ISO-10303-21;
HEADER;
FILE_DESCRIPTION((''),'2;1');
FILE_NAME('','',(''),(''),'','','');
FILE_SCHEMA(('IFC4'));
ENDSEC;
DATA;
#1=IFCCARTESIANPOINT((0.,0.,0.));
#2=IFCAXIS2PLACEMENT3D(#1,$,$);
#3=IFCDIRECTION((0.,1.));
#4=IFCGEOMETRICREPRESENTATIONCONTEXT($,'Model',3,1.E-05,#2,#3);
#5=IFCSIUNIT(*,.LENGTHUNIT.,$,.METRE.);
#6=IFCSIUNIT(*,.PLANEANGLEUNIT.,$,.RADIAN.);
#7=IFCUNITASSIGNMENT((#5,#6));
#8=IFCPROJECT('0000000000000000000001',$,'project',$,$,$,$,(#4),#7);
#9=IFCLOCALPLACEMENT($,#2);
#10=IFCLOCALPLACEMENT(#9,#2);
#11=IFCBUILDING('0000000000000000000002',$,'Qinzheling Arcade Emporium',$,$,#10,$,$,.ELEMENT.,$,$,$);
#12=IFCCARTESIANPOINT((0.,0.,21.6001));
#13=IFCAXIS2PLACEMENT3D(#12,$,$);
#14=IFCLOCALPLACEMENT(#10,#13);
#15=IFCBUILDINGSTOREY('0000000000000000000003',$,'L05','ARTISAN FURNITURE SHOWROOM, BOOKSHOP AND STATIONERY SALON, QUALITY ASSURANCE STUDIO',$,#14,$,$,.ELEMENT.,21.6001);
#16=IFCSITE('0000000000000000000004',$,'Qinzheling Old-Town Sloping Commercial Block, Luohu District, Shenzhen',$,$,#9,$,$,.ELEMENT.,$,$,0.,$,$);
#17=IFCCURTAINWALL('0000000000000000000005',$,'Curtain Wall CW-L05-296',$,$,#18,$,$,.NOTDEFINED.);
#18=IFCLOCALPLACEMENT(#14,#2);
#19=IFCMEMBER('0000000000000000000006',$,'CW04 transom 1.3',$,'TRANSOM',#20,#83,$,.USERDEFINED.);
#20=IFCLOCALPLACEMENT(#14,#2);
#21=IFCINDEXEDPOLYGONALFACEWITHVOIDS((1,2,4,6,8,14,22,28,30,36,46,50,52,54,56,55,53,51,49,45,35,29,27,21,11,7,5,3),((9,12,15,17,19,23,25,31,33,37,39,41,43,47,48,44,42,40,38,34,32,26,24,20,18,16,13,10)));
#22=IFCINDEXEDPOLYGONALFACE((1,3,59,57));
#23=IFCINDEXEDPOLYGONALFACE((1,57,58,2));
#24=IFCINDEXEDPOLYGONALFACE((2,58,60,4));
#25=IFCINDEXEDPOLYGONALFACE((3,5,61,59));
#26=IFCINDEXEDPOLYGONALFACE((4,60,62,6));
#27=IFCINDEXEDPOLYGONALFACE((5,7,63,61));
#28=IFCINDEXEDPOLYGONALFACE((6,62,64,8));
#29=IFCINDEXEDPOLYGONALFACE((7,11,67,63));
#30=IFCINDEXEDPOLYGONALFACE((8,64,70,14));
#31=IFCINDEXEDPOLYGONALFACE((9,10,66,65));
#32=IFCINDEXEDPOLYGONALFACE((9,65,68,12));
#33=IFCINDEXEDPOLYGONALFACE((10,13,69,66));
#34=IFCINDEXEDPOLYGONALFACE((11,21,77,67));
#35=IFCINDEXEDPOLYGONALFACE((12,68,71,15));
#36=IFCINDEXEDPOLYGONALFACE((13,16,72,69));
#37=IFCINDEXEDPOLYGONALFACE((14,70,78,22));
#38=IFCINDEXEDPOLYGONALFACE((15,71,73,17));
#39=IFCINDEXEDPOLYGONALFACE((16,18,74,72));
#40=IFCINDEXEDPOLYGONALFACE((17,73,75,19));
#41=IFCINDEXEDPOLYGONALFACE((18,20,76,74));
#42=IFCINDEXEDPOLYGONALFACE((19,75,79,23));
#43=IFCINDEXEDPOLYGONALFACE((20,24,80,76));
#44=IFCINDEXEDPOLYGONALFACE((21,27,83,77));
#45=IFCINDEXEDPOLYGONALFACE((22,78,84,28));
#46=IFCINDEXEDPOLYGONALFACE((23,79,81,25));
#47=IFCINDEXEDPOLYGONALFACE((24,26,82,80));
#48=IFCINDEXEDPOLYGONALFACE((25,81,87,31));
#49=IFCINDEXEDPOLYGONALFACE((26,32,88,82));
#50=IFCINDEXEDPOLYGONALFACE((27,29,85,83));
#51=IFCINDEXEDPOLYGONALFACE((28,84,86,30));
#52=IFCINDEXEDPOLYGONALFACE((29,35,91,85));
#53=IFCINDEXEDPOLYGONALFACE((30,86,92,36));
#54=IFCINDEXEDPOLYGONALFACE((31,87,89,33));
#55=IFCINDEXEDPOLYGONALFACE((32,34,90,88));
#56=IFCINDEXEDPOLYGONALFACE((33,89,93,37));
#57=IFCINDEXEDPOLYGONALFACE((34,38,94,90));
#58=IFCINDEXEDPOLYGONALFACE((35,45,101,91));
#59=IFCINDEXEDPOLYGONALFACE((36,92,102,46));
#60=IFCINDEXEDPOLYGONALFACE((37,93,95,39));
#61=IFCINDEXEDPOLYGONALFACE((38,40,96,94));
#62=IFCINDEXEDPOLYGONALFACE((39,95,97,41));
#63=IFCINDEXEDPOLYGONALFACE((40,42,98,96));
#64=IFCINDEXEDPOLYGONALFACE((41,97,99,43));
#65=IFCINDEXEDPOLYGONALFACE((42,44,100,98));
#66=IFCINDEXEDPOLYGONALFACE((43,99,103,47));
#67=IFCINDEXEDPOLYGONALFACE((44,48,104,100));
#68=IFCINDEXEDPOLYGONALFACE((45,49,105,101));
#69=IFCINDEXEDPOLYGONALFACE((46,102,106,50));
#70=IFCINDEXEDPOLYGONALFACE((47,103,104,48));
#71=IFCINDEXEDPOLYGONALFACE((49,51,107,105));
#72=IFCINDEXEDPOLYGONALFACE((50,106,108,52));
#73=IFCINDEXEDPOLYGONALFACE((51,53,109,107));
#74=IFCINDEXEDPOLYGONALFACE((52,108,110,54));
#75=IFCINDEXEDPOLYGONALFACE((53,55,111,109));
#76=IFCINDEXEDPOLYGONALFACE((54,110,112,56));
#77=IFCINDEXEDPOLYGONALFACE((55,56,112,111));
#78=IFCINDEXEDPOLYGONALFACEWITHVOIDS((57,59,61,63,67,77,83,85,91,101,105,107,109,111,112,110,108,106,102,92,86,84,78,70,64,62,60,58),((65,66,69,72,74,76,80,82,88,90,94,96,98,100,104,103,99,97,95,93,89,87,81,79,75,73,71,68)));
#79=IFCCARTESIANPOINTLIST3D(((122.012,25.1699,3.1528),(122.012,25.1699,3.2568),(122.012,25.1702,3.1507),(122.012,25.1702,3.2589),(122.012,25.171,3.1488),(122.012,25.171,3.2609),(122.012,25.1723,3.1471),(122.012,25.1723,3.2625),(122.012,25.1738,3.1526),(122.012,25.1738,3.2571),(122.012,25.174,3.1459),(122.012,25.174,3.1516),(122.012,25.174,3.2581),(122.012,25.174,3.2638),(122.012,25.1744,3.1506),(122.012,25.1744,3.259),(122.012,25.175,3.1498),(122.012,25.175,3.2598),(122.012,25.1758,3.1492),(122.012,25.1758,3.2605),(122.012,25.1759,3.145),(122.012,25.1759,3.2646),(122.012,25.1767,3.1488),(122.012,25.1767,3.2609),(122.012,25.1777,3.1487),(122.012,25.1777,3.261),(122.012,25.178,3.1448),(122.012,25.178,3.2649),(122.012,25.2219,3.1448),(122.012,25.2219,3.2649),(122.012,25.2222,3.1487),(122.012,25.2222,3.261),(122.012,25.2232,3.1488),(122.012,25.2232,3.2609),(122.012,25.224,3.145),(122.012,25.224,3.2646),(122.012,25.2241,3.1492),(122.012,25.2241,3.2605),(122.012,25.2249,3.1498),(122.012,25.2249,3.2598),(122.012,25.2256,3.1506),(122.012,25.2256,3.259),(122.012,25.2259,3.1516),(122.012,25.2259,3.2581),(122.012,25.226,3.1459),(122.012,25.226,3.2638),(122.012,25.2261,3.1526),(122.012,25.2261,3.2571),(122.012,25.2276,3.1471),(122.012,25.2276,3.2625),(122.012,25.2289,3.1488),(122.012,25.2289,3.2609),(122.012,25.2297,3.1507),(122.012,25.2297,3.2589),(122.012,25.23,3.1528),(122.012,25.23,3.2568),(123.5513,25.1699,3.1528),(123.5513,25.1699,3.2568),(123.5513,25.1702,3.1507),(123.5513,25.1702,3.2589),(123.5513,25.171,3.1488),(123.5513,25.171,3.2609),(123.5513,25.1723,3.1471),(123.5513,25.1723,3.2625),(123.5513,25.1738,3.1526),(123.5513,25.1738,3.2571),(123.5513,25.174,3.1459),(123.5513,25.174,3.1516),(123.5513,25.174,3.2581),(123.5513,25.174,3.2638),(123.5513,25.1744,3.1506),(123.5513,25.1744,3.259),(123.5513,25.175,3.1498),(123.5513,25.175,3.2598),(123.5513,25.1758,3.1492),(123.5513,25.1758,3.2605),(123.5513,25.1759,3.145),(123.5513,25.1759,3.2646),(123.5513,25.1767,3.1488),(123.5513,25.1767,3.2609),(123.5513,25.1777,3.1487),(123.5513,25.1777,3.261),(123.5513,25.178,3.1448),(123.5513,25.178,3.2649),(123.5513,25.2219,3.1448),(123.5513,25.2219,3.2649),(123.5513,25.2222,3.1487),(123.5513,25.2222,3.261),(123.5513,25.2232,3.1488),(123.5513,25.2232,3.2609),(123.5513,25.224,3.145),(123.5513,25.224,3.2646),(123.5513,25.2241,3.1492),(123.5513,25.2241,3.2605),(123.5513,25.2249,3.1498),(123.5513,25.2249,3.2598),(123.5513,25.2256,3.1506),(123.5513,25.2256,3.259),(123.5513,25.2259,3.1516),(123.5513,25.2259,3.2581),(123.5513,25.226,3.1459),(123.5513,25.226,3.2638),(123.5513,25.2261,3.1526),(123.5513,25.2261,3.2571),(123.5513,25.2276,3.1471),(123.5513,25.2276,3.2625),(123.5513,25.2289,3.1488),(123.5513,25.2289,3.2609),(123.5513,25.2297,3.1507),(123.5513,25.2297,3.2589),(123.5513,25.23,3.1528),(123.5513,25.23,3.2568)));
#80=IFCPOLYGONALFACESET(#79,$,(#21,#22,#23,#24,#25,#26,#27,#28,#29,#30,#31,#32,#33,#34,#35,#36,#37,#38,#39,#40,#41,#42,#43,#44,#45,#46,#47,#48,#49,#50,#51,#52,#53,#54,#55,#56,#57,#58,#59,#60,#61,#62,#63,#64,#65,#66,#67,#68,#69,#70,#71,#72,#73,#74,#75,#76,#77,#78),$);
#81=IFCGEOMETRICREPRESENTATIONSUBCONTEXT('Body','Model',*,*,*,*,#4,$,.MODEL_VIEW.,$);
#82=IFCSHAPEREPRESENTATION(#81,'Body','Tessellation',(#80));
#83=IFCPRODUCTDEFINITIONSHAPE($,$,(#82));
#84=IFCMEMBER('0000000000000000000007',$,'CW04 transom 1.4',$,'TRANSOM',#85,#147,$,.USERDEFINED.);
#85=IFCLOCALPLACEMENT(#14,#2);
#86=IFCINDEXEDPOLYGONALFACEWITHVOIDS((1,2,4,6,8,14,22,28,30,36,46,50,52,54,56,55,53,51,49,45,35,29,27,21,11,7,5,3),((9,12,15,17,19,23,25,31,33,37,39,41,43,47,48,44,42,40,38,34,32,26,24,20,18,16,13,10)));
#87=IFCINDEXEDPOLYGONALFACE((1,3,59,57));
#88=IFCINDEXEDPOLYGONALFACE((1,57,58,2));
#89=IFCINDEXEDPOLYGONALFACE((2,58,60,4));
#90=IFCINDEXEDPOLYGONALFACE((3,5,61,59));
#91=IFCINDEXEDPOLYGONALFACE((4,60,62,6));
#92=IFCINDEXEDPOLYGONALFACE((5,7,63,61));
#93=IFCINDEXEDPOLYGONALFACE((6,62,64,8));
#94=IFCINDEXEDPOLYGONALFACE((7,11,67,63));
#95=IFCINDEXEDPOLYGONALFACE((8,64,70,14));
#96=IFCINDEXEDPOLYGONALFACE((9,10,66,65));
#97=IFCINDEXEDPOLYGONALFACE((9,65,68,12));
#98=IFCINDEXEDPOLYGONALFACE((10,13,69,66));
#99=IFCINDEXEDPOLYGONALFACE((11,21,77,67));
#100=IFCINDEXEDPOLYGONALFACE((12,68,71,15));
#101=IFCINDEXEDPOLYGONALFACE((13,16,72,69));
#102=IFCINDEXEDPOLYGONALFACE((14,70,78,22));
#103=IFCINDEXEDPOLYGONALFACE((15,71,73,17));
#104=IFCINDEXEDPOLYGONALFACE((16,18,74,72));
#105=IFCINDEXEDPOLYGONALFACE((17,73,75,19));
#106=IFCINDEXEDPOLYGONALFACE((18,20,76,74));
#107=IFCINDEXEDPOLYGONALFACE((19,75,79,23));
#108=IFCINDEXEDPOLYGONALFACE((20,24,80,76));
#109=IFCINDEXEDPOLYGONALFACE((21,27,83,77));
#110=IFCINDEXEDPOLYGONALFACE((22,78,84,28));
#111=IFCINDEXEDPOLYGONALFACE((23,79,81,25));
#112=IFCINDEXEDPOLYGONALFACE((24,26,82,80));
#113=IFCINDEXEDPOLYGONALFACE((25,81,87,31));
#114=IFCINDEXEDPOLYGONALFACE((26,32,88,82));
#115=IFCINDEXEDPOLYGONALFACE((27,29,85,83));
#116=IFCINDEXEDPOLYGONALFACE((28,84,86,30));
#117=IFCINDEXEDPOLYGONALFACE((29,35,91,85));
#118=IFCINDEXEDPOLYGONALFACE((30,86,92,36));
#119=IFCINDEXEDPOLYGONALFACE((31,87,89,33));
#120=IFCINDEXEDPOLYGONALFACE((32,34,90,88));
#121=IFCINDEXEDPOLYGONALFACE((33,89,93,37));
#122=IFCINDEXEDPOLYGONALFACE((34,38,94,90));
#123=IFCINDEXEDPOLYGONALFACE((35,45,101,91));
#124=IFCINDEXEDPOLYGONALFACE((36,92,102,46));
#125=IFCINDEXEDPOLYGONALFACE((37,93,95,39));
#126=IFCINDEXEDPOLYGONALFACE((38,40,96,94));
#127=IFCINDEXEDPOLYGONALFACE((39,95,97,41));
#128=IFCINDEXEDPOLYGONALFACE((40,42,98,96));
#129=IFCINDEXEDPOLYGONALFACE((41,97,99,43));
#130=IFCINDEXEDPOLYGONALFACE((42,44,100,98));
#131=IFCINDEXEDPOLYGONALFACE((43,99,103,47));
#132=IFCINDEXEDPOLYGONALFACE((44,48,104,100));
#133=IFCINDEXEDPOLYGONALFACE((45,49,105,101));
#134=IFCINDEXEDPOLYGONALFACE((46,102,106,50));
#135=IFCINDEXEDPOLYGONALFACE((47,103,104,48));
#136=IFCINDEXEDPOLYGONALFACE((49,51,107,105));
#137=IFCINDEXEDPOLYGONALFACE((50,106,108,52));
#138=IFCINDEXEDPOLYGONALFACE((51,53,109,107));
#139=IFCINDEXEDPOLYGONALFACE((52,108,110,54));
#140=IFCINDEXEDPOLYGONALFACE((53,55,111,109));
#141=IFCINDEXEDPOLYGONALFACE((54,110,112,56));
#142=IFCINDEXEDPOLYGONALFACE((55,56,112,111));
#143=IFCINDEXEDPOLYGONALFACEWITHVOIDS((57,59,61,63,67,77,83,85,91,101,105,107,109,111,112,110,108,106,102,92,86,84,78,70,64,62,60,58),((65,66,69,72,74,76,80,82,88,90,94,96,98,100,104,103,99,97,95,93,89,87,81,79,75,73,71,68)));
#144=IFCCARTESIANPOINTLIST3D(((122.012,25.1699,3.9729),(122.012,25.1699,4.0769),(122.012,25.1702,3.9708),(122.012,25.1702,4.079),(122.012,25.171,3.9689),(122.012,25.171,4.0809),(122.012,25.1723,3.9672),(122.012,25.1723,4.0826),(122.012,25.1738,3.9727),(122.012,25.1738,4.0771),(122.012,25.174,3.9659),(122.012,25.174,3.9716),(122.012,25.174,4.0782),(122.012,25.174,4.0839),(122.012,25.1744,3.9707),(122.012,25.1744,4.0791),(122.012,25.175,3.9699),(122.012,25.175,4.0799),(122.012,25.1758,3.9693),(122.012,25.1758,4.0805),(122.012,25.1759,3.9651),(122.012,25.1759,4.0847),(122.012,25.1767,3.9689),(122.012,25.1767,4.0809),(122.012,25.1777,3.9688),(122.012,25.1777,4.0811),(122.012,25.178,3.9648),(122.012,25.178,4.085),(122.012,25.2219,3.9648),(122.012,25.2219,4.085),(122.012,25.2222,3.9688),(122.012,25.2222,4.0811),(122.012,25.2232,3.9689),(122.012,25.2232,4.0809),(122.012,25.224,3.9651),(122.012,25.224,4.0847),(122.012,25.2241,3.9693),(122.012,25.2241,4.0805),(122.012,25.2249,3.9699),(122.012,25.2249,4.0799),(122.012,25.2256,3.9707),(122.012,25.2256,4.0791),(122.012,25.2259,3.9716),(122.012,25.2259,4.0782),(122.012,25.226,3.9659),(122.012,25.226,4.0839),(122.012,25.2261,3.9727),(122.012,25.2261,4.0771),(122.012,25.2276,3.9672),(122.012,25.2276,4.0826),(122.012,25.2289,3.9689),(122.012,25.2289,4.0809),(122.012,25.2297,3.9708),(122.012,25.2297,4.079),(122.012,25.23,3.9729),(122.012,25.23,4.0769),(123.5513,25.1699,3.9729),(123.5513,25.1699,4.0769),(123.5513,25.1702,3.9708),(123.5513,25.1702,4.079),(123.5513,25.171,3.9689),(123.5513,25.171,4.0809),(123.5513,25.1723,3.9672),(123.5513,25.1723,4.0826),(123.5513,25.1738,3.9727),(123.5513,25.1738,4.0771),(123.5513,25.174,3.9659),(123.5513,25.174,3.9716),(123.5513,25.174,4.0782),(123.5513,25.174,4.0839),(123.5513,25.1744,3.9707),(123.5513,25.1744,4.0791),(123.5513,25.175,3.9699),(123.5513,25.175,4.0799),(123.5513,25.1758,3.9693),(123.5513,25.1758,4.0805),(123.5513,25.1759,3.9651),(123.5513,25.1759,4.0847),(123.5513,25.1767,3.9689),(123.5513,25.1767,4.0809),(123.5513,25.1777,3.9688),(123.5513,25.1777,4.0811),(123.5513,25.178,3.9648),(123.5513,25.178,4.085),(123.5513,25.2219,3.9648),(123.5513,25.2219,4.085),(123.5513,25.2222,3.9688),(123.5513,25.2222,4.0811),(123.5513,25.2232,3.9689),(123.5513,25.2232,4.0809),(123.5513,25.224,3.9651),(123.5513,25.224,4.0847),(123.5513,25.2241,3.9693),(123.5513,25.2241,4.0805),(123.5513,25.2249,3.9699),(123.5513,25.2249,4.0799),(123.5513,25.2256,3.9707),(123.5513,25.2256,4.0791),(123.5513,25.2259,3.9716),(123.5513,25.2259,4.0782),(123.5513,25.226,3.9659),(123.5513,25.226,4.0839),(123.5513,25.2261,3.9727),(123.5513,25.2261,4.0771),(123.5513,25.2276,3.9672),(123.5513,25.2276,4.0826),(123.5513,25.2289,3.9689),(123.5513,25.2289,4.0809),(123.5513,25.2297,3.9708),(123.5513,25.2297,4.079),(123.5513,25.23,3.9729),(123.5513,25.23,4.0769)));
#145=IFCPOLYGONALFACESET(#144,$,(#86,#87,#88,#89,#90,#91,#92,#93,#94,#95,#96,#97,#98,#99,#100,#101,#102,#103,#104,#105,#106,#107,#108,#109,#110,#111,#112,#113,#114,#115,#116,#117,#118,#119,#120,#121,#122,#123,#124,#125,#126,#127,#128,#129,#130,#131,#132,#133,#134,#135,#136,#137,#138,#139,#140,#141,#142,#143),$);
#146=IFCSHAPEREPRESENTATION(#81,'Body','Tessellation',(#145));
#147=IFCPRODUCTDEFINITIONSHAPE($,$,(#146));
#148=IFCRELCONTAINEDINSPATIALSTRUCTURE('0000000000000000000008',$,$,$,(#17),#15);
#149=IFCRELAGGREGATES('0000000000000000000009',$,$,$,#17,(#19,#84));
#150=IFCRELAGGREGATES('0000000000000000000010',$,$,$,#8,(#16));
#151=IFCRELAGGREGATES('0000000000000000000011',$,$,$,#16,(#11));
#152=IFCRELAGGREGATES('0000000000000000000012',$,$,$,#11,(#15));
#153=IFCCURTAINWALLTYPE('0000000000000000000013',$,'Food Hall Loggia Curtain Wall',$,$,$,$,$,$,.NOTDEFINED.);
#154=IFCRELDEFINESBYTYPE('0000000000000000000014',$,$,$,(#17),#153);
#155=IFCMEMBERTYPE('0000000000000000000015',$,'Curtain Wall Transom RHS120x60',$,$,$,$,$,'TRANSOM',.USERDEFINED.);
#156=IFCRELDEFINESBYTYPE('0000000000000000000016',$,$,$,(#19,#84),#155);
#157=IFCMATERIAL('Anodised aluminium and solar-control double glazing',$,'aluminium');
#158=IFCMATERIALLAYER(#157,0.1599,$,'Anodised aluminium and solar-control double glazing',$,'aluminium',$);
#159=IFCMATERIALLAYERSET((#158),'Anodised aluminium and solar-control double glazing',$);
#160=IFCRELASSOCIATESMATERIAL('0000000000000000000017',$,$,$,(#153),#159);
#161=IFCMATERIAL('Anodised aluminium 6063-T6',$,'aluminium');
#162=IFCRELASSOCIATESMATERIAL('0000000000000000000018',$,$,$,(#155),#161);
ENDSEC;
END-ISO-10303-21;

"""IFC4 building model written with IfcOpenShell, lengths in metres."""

from ifc_helpers import new_model, si_unit, direction, frame, origin, origin_2d, place, context, subcontext, project, spatial, hollow_rectangle, extrude, material, layer, layer_set, material_profile, profile_set, type_object, element, aggregate, save


model = new_model("IFC4")

# Units and contexts
model_context = context("Model", 3, precision=1e-05, world=origin(), true_north=direction((0.0, 1.0)))
body_context = subcontext(model_context, "Body", "Model", "MODEL_VIEW")
ifc_project = project(units=[si_unit("LENGTHUNIT", "METRE"), si_unit("PLANEANGLEUNIT", "RADIAN")], contexts=[model_context])

# Site, building, storey
site_placement = place(None, origin())
site = spatial("IfcSite", under=ifc_project, at=site_placement, Name="Qinzheling Old-Town Sloping Commercial Block, Luohu District, Shenzhen", CompositionType="ELEMENT", RefElevation=0.0)
building_placement = place(site_placement, origin())
building = spatial("IfcBuilding", under=site, at=building_placement, Name="Qinzheling Arcade Emporium", CompositionType="ELEMENT")
storey_placement = place(building_placement, frame((0.0, 0.0, 21.6001)))
storey = spatial("IfcBuildingStorey", under=building, at=storey_placement, Name="L05", Description="ARTISAN FURNITURE SHOWROOM, BOOKSHOP AND STATIONERY SALON, QUALITY ASSURANCE STUDIO", CompositionType="ELEMENT", Elevation=21.6001)

# Curtain wall, members
ifc_material_1 = material(Name="Anodised aluminium and solar-control double glazing", Category="aluminium")
ifc_layer_1 = layer(ifc_material_1, 0.1599, Name="Anodised aluminium and solar-control double glazing", Category="aluminium")
ifc_layer_set_1 = layer_set([ifc_layer_1], Name="Anodised aluminium and solar-control double glazing")
curtain_wall_type = type_object("IfcCurtainWallType", Name="Food Hall Loggia Curtain Wall", PredefinedType="NOTDEFINED", material=ifc_layer_set_1)
curtain_wall_placement = place(storey_placement, origin())
curtain_wall = element("IfcCurtainWall", 1, at=curtain_wall_placement, inside=storey, type_object=curtain_wall_type, Name="Curtain Wall CW-L05-296", PredefinedType="NOTDEFINED")
ifc_material_2 = material(Name="Anodised aluminium 6063-T6", Category="aluminium")
ifc_material_profile_1 = material_profile(ifc_material_2, hollow_rectangle(XDim=0.0601, YDim=0.1201, WallThickness=0.0039, InnerFilletRadius=0.0039, OuterFilletRadius=0.0081, at=origin_2d()), Name="RHS 120x60x4", Category="aluminium")
ifc_profile_set_1 = profile_set([ifc_material_profile_1], Name="Anodised aluminium 6063-T6")
member_type_1 = type_object("IfcMemberType", Name="Curtain Wall Transom RHS120x60", ElementType="TRANSOM", PredefinedType="USERDEFINED", material=ifc_profile_set_1)
member_1_placement = place(storey_placement, frame((122.012, 25.2, 3.2048), z_axis=(1.0, 0.0, 0.0), x_axis=(0.0, 1.0, 0.0)))
member_1 = element("IfcMember", 2, at=member_1_placement, type_object=member_type_1, Name="CW04 transom 1.3", ObjectType="TRANSOM", PredefinedType="USERDEFINED", context=body_context, shape_type="SweptSolid", body=[
    extrude(hollow_rectangle(XDim=0.0601, YDim=0.1201, WallThickness=0.0039, InnerFilletRadius=0.0039, OuterFilletRadius=0.0081, at=origin_2d()), origin(), (0.0, 0.0, 1.0), 1.5393),
])
member_2_placement = place(storey_placement, frame((122.012, 25.2, 4.0249), z_axis=(1.0, 0.0, 0.0), x_axis=(0.0, 1.0, 0.0)))
member_2 = element("IfcMember", 3, at=member_2_placement, type_object=member_type_1, Name="CW04 transom 1.4", ObjectType="TRANSOM", PredefinedType="USERDEFINED", context=body_context, shape_type="SweptSolid", body=[
    extrude(hollow_rectangle(XDim=0.0601, YDim=0.1201, WallThickness=0.0039, InnerFilletRadius=0.0039, OuterFilletRadius=0.0081, at=origin_2d()), origin(), (0.0, 0.0, 1.0), 1.5393),
])

aggregate(curtain_wall, [member_1, member_2])

save(model, "model.ifc")
